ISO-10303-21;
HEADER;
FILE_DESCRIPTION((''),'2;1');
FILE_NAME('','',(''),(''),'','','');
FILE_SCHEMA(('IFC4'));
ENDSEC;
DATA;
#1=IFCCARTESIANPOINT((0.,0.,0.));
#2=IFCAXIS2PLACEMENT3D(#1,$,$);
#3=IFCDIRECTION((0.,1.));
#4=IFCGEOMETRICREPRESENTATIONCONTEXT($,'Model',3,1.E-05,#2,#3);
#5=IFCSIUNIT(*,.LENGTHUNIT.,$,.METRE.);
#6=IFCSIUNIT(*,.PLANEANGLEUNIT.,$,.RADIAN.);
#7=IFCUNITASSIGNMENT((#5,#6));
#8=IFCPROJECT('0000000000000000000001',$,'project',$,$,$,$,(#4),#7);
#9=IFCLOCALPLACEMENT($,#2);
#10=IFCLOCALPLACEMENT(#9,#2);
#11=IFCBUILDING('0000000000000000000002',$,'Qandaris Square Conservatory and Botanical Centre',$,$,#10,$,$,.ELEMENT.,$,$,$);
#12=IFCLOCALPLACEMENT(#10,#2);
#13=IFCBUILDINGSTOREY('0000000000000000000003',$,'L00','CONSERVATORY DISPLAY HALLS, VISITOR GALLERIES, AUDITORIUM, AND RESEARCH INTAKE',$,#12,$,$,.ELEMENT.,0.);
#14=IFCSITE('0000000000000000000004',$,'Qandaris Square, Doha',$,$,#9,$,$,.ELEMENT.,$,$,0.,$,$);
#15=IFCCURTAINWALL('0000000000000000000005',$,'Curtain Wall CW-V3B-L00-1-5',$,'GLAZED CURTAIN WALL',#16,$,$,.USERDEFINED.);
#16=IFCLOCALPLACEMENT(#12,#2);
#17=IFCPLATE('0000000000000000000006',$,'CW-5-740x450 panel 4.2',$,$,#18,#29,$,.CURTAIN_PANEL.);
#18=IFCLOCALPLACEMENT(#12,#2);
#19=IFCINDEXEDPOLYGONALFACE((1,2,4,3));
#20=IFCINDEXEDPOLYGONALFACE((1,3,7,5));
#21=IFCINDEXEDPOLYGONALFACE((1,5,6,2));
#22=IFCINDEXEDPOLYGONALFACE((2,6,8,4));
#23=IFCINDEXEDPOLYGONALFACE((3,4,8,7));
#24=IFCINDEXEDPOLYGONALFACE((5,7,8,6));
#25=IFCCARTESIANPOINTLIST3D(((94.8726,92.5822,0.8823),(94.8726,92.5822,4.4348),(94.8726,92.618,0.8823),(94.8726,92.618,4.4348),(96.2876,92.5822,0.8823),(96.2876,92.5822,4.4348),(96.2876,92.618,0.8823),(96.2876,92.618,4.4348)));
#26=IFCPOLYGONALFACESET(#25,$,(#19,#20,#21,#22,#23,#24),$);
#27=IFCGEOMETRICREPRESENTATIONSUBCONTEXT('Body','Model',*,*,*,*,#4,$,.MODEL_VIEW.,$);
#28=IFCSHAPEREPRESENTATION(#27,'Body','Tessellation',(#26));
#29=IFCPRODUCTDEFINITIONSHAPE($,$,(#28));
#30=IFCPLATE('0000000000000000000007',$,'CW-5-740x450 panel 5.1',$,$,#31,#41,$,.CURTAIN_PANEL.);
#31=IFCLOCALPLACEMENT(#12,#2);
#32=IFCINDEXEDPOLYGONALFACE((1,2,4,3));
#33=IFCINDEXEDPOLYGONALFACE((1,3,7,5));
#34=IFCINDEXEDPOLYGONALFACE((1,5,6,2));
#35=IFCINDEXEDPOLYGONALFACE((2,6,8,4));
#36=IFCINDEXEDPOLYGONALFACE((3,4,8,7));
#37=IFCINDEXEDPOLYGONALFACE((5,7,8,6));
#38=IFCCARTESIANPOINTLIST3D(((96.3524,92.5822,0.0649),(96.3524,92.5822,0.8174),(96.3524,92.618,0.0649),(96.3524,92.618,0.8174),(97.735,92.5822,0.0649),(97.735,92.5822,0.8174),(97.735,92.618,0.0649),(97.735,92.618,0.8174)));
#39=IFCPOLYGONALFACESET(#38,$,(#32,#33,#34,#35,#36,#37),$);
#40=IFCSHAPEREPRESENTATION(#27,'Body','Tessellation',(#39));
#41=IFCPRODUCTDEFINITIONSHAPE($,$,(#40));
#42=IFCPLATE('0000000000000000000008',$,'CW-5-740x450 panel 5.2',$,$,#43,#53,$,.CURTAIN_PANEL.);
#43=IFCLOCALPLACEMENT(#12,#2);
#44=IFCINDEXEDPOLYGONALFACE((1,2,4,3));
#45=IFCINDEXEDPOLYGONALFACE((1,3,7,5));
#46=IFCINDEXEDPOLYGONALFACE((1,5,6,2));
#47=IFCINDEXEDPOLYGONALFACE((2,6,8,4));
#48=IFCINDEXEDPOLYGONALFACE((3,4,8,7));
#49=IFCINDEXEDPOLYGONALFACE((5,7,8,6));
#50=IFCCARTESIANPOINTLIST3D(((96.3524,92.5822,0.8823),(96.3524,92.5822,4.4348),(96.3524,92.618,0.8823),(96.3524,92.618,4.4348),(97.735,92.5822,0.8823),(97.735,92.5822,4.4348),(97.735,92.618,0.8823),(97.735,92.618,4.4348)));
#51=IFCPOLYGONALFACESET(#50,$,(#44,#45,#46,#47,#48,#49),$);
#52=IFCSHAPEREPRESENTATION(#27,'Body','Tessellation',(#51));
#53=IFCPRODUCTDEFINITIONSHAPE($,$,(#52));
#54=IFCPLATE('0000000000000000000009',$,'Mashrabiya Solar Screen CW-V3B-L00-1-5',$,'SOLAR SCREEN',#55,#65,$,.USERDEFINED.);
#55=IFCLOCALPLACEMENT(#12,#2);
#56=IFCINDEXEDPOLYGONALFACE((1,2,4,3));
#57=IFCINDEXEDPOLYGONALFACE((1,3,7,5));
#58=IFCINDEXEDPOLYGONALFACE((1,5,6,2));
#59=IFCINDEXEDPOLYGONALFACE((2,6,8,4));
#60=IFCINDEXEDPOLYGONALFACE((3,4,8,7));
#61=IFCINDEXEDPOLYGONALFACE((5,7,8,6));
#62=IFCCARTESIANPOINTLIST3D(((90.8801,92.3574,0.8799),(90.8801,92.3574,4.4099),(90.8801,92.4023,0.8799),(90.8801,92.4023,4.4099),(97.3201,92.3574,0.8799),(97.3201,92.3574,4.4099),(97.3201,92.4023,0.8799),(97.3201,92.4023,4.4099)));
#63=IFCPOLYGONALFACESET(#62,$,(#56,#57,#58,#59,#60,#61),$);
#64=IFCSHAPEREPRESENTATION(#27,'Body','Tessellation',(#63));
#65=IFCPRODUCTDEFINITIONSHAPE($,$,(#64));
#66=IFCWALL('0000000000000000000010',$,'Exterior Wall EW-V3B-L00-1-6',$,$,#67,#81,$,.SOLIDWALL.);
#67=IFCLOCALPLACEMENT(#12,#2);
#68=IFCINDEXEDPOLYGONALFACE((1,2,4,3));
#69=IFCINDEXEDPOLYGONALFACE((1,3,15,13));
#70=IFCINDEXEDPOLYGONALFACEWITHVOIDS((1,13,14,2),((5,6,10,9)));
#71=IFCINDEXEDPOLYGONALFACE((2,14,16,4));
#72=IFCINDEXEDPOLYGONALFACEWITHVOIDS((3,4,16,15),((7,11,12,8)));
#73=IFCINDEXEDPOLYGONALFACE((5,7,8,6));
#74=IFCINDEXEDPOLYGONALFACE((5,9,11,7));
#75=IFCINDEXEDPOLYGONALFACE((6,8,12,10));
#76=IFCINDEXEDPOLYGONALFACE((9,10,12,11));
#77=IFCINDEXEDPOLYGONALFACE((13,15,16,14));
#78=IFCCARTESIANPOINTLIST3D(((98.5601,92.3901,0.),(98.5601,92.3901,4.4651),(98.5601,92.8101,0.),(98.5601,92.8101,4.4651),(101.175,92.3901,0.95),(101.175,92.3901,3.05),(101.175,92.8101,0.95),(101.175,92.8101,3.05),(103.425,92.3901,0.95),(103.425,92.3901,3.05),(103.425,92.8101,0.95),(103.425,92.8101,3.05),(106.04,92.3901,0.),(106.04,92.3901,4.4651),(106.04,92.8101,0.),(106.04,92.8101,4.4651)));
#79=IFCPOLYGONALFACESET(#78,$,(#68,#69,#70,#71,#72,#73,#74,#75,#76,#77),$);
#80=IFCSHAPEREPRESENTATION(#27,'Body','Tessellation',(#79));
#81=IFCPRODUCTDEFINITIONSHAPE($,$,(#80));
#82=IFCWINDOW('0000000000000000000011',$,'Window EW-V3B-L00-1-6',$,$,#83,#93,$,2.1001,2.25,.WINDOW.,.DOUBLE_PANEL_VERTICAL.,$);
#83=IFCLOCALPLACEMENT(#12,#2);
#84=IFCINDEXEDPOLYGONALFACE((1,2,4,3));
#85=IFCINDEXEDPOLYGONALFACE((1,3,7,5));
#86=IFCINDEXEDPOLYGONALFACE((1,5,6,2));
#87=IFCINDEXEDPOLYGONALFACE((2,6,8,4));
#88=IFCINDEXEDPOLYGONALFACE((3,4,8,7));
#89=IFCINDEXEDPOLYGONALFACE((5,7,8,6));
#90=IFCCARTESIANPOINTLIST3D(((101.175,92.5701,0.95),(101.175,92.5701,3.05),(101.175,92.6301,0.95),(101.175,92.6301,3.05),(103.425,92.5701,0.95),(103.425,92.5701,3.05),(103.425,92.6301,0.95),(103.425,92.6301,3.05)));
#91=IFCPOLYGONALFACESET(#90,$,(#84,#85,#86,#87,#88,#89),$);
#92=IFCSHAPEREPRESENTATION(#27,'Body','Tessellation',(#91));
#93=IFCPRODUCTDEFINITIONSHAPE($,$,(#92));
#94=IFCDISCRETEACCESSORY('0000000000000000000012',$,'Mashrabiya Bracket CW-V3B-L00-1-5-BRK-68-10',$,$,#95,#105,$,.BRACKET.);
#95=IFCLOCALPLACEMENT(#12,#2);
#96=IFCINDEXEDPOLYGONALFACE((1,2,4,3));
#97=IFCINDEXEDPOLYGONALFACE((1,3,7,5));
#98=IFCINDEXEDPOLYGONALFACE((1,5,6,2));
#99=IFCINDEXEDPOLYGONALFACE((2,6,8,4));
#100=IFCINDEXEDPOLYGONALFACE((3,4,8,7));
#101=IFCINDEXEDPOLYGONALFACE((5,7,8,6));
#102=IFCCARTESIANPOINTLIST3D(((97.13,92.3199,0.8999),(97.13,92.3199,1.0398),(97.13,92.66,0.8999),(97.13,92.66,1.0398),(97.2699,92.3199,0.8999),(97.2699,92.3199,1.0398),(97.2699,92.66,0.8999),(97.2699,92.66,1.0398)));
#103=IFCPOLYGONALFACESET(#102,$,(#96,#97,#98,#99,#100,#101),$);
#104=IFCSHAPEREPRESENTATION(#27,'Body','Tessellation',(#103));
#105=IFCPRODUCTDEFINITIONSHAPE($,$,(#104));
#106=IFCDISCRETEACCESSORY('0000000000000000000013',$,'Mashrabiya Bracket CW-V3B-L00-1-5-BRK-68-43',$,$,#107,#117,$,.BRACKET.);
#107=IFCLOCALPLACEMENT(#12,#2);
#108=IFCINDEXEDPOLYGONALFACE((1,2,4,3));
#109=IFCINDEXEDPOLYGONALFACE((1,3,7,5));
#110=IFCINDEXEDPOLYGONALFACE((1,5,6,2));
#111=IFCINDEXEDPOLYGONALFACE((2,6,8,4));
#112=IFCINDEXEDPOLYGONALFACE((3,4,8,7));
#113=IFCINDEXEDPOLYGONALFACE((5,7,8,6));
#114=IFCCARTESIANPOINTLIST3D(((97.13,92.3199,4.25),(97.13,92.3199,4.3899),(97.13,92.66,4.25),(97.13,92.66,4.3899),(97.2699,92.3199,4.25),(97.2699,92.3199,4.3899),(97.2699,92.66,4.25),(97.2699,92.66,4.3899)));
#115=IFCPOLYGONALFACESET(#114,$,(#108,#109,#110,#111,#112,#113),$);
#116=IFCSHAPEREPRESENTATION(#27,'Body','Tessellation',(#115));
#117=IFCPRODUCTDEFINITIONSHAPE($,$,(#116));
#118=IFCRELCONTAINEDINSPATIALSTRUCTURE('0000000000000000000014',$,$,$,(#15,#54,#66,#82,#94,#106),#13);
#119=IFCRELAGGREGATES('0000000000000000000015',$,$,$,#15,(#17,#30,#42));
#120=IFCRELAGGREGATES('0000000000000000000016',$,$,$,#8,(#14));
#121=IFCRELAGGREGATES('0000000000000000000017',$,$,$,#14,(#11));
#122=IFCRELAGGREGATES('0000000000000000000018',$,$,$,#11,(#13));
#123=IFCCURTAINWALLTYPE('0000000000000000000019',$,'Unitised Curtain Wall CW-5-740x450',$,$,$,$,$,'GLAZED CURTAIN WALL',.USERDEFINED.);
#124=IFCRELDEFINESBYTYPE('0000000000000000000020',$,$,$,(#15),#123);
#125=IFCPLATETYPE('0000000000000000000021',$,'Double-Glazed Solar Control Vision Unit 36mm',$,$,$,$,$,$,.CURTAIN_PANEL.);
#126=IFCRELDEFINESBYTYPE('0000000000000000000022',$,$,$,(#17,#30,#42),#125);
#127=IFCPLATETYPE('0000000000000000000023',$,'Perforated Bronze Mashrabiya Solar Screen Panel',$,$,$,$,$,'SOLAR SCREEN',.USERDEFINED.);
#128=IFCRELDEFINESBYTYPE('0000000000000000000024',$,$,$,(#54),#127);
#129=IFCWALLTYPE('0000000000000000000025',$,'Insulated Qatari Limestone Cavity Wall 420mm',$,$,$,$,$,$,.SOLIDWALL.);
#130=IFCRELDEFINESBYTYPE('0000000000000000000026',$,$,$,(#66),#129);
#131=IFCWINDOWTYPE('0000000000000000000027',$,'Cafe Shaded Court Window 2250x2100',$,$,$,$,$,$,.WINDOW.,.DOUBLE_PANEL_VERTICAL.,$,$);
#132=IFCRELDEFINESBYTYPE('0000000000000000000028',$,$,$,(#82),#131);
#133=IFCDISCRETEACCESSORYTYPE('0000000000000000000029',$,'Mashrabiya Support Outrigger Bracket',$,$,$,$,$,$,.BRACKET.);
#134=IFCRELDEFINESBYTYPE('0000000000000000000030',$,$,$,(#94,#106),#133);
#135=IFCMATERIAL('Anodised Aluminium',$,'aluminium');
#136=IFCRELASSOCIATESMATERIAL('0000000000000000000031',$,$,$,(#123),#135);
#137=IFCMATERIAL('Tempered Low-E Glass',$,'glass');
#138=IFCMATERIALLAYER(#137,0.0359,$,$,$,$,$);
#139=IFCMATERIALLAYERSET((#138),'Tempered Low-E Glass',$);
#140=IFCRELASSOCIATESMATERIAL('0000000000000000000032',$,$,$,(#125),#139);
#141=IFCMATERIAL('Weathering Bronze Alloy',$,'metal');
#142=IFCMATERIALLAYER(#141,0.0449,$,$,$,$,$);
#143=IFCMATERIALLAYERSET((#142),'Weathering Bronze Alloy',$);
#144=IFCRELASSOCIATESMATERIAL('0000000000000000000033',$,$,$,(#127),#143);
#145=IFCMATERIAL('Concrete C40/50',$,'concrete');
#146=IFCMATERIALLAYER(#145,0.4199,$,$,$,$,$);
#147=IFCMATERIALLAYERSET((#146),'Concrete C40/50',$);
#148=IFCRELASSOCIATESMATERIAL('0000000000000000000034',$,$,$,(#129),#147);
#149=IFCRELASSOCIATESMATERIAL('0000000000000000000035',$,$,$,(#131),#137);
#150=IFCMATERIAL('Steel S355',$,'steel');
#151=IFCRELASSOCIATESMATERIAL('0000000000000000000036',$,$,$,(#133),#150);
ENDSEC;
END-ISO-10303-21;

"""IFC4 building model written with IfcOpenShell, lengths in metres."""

from ifc_helpers import new_model, si_unit, direction, frame, frame_2d, origin, origin_2d, place, context, subcontext, project, spatial, rectangle, extrude, material, layer, layer_set, type_object, element, fill, aggregate, save


model = new_model("IFC4")

# Units and contexts
model_context = context("Model", 3, precision=1e-05, world=origin(), true_north=direction((0.0, 1.0)))
body_context = subcontext(model_context, "Body", "Model", "MODEL_VIEW")
ifc_project = project(units=[si_unit("LENGTHUNIT", "METRE"), si_unit("PLANEANGLEUNIT", "RADIAN")], contexts=[model_context])

# Site, building, storey
site_placement = place(None, origin())
site = spatial("IfcSite", under=ifc_project, at=site_placement, Name="Qandaris Square, Doha", CompositionType="ELEMENT", RefElevation=0.0)
building_placement = place(site_placement, origin())
building = spatial("IfcBuilding", under=site, at=building_placement, Name="Qandaris Square Conservatory and Botanical Centre", CompositionType="ELEMENT")
storey_placement = place(building_placement, origin())
storey = spatial("IfcBuildingStorey", under=building, at=storey_placement, Name="L00", Description="CONSERVATORY DISPLAY HALLS, VISITOR GALLERIES, AUDITORIUM, AND RESEARCH INTAKE", CompositionType="ELEMENT", Elevation=0.0)

# Shared definitions
ifc_material_1 = material(Name="Concrete C40/50", Category="concrete")

# Curtain wall
ifc_material_2 = material(Name="Anodised Aluminium", Category="aluminium")
curtain_wall_type = type_object("IfcCurtainWallType", Name="Unitised Curtain Wall CW-5-740x450", ElementType="GLAZED CURTAIN WALL", PredefinedType="USERDEFINED", material=ifc_material_2)
curtain_wall_placement = place(storey_placement, origin())
curtain_wall = element("IfcCurtainWall", 1, at=curtain_wall_placement, inside=storey, type_object=curtain_wall_type, Name="Curtain Wall CW-V3B-L00-1-5", ObjectType="GLAZED CURTAIN WALL", PredefinedType="USERDEFINED")

# Shared definitions
ifc_material_3 = material(Name="Steel S355", Category="steel")

# Plates
ifc_material_4 = material(Name="Tempered Low-E Glass", Category="glass")
ifc_layer_1 = layer(ifc_material_4, 0.0359)
ifc_layer_set_1 = layer_set([ifc_layer_1], Name="Tempered Low-E Glass")
plate_type_1 = type_object("IfcPlateType", Name="Double-Glazed Solar Control Vision Unit 36mm", PredefinedType="CURTAIN_PANEL", material=ifc_layer_set_1)
plate_1_placement = place(storey_placement, frame((95.5801, 92.6001, 0.8823), z_axis=(0.0, 0.0, 1.0), x_axis=(1.0, 0.0, 0.0)))
plate_1 = element("IfcPlate", 2, at=plate_1_placement, type_object=plate_type_1, Name="CW-5-740x450 panel 4.2", PredefinedType="CURTAIN_PANEL", context=body_context, shape_type="SweptSolid", body=[
    extrude(rectangle(XDim=1.415, YDim=0.0359, at=origin_2d()), origin(), (0.0, 0.0, 1.0), 3.5525),
])
plate_2_placement = place(storey_placement, frame((97.0437, 92.6001, 0.0649), z_axis=(0.0, 0.0, 1.0), x_axis=(1.0, 0.0, 0.0)))
plate_2 = element("IfcPlate", 3, at=plate_2_placement, type_object=plate_type_1, Name="CW-5-740x450 panel 5.1", PredefinedType="CURTAIN_PANEL", context=body_context, shape_type="SweptSolid", body=[
    extrude(rectangle(XDim=1.3826, YDim=0.0359, at=origin_2d()), origin(), (0.0, 0.0, 1.0), 0.7524),
])
plate_3_placement = place(storey_placement, frame((97.0437, 92.6001, 0.8823), z_axis=(0.0, 0.0, 1.0), x_axis=(1.0, 0.0, 0.0)))
plate_3 = element("IfcPlate", 4, at=plate_3_placement, type_object=plate_type_1, Name="CW-5-740x450 panel 5.2", PredefinedType="CURTAIN_PANEL", context=body_context, shape_type="SweptSolid", body=[
    extrude(rectangle(XDim=1.3826, YDim=0.0359, at=origin_2d()), origin(), (0.0, 0.0, 1.0), 3.5525),
])
aggregate(curtain_wall, [plate_1, plate_2, plate_3])
ifc_material_5 = material(Name="Weathering Bronze Alloy", Category="metal")
ifc_layer_2 = layer(ifc_material_5, 0.0449)
ifc_layer_set_2 = layer_set([ifc_layer_2], Name="Weathering Bronze Alloy")
plate_type_2 = type_object("IfcPlateType", Name="Perforated Bronze Mashrabiya Solar Screen Panel", ElementType="SOLAR SCREEN", PredefinedType="USERDEFINED", material=ifc_layer_set_2)
plate_4_placement = place(storey_placement, frame((94.1001, 92.3799, 0.8799), z_axis=(0.0, 0.0, 1.0), x_axis=(1.0, 0.0, 0.0)))
element("IfcPlate", 5, at=plate_4_placement, inside=storey, type_object=plate_type_2, Name="Mashrabiya Solar Screen CW-V3B-L00-1-5", ObjectType="SOLAR SCREEN", PredefinedType="USERDEFINED", context=body_context, shape_type="SweptSolid", body=[
    extrude(rectangle(XDim=6.4399, YDim=0.0449, at=origin_2d()), origin(), (0.0, 0.0, 1.0), 3.53),
])

# Wall, opening, window
ifc_layer_3 = layer(ifc_material_1, 0.4199)
ifc_layer_set_3 = layer_set([ifc_layer_3], Name="Concrete C40/50")
wall_type = type_object("IfcWallType", Name="Insulated Qatari Limestone Cavity Wall 420mm", PredefinedType="SOLIDWALL", material=ifc_layer_set_3)
wall_placement = place(storey_placement, frame((98.5601, 92.6001, 0.0), z_axis=(0.0, 0.0, 1.0), x_axis=(1.0, 0.0, 0.0)))
wall = element("IfcWall", 6, at=wall_placement, inside=storey, type_object=wall_type, Name="Exterior Wall EW-V3B-L00-1-6", PredefinedType="SOLIDWALL", context=body_context, shape_type="SweptSolid", body=[
    extrude(rectangle(XDim=7.48, YDim=0.4199, at=frame_2d((3.74, 0.0))), origin(), (0.0, 0.0, 1.0), 4.4651),
])
opening_placement = place(wall_placement, frame((2.615, 0.0, 0.95)))
opening = element("IfcOpeningElement", 7, at=opening_placement, cuts=wall, PredefinedType="OPENING", context=body_context, shape_type="SweptSolid", body=[
    extrude(rectangle(XDim=2.25, YDim=2.1001, at=frame_2d((1.125, 1.05))), frame((0.0, 0.2219, 0.0), z_axis=(0.0, -1.0, 0.0), x_axis=(1.0, 0.0, 0.0)), (0.0, 0.0, 1.0), 0.4438),
])
window_type = type_object("IfcWindowType", Name="Cafe Shaded Court Window 2250x2100", PartitioningType="DOUBLE_PANEL_VERTICAL", PredefinedType="WINDOW", material=ifc_material_4)
window_placement = place(opening_placement, origin())
window = element("IfcWindow", 8, at=window_placement, inside=storey, type_object=window_type, Name="Window EW-V3B-L00-1-6", OverallHeight=2.1001, OverallWidth=2.25, PartitioningType="DOUBLE_PANEL_VERTICAL", PredefinedType="WINDOW", context=body_context, shape_type="SweptSolid", body=[
    extrude(rectangle(XDim=2.25, YDim=2.1001, at=frame_2d((1.125, 1.05))), frame((0.0, 0.03, 0.0), z_axis=(0.0, -1.0, 0.0), x_axis=(1.0, 0.0, 0.0)), (0.0, 0.0, 1.0), 0.0601),
])
fill(opening, window)

# Discrete accessories
discrete_accessory_type = type_object("IfcDiscreteAccessoryType", Name="Mashrabiya Support Outrigger Bracket", PredefinedType="BRACKET", material=ifc_material_3)
for number, where, z_axis, x_axis, name in (
    (9, (97.2, 92.49, 0.8999), (0.0, 0.0, 1.0), (1.0, 0.0, 0.0), "Mashrabiya Bracket CW-V3B-L00-1-5-BRK-68-10"),
    (10, (97.2, 92.49, 4.25), (0.0, 0.0, 1.0), (1.0, 0.0, 0.0), "Mashrabiya Bracket CW-V3B-L00-1-5-BRK-68-43"),
):
    element("IfcDiscreteAccessory", number, at=place(storey_placement, frame(where, z_axis=z_axis, x_axis=x_axis)), inside=storey, type_object=discrete_accessory_type, Name=name, PredefinedType="BRACKET", context=body_context, shape_type="SweptSolid", body=[
        extrude(rectangle(XDim=0.1399, YDim=0.3401, at=origin_2d()), origin(), (0.0, 0.0, 1.0), 0.1399),
    ])

save(model, "model.ifc")
